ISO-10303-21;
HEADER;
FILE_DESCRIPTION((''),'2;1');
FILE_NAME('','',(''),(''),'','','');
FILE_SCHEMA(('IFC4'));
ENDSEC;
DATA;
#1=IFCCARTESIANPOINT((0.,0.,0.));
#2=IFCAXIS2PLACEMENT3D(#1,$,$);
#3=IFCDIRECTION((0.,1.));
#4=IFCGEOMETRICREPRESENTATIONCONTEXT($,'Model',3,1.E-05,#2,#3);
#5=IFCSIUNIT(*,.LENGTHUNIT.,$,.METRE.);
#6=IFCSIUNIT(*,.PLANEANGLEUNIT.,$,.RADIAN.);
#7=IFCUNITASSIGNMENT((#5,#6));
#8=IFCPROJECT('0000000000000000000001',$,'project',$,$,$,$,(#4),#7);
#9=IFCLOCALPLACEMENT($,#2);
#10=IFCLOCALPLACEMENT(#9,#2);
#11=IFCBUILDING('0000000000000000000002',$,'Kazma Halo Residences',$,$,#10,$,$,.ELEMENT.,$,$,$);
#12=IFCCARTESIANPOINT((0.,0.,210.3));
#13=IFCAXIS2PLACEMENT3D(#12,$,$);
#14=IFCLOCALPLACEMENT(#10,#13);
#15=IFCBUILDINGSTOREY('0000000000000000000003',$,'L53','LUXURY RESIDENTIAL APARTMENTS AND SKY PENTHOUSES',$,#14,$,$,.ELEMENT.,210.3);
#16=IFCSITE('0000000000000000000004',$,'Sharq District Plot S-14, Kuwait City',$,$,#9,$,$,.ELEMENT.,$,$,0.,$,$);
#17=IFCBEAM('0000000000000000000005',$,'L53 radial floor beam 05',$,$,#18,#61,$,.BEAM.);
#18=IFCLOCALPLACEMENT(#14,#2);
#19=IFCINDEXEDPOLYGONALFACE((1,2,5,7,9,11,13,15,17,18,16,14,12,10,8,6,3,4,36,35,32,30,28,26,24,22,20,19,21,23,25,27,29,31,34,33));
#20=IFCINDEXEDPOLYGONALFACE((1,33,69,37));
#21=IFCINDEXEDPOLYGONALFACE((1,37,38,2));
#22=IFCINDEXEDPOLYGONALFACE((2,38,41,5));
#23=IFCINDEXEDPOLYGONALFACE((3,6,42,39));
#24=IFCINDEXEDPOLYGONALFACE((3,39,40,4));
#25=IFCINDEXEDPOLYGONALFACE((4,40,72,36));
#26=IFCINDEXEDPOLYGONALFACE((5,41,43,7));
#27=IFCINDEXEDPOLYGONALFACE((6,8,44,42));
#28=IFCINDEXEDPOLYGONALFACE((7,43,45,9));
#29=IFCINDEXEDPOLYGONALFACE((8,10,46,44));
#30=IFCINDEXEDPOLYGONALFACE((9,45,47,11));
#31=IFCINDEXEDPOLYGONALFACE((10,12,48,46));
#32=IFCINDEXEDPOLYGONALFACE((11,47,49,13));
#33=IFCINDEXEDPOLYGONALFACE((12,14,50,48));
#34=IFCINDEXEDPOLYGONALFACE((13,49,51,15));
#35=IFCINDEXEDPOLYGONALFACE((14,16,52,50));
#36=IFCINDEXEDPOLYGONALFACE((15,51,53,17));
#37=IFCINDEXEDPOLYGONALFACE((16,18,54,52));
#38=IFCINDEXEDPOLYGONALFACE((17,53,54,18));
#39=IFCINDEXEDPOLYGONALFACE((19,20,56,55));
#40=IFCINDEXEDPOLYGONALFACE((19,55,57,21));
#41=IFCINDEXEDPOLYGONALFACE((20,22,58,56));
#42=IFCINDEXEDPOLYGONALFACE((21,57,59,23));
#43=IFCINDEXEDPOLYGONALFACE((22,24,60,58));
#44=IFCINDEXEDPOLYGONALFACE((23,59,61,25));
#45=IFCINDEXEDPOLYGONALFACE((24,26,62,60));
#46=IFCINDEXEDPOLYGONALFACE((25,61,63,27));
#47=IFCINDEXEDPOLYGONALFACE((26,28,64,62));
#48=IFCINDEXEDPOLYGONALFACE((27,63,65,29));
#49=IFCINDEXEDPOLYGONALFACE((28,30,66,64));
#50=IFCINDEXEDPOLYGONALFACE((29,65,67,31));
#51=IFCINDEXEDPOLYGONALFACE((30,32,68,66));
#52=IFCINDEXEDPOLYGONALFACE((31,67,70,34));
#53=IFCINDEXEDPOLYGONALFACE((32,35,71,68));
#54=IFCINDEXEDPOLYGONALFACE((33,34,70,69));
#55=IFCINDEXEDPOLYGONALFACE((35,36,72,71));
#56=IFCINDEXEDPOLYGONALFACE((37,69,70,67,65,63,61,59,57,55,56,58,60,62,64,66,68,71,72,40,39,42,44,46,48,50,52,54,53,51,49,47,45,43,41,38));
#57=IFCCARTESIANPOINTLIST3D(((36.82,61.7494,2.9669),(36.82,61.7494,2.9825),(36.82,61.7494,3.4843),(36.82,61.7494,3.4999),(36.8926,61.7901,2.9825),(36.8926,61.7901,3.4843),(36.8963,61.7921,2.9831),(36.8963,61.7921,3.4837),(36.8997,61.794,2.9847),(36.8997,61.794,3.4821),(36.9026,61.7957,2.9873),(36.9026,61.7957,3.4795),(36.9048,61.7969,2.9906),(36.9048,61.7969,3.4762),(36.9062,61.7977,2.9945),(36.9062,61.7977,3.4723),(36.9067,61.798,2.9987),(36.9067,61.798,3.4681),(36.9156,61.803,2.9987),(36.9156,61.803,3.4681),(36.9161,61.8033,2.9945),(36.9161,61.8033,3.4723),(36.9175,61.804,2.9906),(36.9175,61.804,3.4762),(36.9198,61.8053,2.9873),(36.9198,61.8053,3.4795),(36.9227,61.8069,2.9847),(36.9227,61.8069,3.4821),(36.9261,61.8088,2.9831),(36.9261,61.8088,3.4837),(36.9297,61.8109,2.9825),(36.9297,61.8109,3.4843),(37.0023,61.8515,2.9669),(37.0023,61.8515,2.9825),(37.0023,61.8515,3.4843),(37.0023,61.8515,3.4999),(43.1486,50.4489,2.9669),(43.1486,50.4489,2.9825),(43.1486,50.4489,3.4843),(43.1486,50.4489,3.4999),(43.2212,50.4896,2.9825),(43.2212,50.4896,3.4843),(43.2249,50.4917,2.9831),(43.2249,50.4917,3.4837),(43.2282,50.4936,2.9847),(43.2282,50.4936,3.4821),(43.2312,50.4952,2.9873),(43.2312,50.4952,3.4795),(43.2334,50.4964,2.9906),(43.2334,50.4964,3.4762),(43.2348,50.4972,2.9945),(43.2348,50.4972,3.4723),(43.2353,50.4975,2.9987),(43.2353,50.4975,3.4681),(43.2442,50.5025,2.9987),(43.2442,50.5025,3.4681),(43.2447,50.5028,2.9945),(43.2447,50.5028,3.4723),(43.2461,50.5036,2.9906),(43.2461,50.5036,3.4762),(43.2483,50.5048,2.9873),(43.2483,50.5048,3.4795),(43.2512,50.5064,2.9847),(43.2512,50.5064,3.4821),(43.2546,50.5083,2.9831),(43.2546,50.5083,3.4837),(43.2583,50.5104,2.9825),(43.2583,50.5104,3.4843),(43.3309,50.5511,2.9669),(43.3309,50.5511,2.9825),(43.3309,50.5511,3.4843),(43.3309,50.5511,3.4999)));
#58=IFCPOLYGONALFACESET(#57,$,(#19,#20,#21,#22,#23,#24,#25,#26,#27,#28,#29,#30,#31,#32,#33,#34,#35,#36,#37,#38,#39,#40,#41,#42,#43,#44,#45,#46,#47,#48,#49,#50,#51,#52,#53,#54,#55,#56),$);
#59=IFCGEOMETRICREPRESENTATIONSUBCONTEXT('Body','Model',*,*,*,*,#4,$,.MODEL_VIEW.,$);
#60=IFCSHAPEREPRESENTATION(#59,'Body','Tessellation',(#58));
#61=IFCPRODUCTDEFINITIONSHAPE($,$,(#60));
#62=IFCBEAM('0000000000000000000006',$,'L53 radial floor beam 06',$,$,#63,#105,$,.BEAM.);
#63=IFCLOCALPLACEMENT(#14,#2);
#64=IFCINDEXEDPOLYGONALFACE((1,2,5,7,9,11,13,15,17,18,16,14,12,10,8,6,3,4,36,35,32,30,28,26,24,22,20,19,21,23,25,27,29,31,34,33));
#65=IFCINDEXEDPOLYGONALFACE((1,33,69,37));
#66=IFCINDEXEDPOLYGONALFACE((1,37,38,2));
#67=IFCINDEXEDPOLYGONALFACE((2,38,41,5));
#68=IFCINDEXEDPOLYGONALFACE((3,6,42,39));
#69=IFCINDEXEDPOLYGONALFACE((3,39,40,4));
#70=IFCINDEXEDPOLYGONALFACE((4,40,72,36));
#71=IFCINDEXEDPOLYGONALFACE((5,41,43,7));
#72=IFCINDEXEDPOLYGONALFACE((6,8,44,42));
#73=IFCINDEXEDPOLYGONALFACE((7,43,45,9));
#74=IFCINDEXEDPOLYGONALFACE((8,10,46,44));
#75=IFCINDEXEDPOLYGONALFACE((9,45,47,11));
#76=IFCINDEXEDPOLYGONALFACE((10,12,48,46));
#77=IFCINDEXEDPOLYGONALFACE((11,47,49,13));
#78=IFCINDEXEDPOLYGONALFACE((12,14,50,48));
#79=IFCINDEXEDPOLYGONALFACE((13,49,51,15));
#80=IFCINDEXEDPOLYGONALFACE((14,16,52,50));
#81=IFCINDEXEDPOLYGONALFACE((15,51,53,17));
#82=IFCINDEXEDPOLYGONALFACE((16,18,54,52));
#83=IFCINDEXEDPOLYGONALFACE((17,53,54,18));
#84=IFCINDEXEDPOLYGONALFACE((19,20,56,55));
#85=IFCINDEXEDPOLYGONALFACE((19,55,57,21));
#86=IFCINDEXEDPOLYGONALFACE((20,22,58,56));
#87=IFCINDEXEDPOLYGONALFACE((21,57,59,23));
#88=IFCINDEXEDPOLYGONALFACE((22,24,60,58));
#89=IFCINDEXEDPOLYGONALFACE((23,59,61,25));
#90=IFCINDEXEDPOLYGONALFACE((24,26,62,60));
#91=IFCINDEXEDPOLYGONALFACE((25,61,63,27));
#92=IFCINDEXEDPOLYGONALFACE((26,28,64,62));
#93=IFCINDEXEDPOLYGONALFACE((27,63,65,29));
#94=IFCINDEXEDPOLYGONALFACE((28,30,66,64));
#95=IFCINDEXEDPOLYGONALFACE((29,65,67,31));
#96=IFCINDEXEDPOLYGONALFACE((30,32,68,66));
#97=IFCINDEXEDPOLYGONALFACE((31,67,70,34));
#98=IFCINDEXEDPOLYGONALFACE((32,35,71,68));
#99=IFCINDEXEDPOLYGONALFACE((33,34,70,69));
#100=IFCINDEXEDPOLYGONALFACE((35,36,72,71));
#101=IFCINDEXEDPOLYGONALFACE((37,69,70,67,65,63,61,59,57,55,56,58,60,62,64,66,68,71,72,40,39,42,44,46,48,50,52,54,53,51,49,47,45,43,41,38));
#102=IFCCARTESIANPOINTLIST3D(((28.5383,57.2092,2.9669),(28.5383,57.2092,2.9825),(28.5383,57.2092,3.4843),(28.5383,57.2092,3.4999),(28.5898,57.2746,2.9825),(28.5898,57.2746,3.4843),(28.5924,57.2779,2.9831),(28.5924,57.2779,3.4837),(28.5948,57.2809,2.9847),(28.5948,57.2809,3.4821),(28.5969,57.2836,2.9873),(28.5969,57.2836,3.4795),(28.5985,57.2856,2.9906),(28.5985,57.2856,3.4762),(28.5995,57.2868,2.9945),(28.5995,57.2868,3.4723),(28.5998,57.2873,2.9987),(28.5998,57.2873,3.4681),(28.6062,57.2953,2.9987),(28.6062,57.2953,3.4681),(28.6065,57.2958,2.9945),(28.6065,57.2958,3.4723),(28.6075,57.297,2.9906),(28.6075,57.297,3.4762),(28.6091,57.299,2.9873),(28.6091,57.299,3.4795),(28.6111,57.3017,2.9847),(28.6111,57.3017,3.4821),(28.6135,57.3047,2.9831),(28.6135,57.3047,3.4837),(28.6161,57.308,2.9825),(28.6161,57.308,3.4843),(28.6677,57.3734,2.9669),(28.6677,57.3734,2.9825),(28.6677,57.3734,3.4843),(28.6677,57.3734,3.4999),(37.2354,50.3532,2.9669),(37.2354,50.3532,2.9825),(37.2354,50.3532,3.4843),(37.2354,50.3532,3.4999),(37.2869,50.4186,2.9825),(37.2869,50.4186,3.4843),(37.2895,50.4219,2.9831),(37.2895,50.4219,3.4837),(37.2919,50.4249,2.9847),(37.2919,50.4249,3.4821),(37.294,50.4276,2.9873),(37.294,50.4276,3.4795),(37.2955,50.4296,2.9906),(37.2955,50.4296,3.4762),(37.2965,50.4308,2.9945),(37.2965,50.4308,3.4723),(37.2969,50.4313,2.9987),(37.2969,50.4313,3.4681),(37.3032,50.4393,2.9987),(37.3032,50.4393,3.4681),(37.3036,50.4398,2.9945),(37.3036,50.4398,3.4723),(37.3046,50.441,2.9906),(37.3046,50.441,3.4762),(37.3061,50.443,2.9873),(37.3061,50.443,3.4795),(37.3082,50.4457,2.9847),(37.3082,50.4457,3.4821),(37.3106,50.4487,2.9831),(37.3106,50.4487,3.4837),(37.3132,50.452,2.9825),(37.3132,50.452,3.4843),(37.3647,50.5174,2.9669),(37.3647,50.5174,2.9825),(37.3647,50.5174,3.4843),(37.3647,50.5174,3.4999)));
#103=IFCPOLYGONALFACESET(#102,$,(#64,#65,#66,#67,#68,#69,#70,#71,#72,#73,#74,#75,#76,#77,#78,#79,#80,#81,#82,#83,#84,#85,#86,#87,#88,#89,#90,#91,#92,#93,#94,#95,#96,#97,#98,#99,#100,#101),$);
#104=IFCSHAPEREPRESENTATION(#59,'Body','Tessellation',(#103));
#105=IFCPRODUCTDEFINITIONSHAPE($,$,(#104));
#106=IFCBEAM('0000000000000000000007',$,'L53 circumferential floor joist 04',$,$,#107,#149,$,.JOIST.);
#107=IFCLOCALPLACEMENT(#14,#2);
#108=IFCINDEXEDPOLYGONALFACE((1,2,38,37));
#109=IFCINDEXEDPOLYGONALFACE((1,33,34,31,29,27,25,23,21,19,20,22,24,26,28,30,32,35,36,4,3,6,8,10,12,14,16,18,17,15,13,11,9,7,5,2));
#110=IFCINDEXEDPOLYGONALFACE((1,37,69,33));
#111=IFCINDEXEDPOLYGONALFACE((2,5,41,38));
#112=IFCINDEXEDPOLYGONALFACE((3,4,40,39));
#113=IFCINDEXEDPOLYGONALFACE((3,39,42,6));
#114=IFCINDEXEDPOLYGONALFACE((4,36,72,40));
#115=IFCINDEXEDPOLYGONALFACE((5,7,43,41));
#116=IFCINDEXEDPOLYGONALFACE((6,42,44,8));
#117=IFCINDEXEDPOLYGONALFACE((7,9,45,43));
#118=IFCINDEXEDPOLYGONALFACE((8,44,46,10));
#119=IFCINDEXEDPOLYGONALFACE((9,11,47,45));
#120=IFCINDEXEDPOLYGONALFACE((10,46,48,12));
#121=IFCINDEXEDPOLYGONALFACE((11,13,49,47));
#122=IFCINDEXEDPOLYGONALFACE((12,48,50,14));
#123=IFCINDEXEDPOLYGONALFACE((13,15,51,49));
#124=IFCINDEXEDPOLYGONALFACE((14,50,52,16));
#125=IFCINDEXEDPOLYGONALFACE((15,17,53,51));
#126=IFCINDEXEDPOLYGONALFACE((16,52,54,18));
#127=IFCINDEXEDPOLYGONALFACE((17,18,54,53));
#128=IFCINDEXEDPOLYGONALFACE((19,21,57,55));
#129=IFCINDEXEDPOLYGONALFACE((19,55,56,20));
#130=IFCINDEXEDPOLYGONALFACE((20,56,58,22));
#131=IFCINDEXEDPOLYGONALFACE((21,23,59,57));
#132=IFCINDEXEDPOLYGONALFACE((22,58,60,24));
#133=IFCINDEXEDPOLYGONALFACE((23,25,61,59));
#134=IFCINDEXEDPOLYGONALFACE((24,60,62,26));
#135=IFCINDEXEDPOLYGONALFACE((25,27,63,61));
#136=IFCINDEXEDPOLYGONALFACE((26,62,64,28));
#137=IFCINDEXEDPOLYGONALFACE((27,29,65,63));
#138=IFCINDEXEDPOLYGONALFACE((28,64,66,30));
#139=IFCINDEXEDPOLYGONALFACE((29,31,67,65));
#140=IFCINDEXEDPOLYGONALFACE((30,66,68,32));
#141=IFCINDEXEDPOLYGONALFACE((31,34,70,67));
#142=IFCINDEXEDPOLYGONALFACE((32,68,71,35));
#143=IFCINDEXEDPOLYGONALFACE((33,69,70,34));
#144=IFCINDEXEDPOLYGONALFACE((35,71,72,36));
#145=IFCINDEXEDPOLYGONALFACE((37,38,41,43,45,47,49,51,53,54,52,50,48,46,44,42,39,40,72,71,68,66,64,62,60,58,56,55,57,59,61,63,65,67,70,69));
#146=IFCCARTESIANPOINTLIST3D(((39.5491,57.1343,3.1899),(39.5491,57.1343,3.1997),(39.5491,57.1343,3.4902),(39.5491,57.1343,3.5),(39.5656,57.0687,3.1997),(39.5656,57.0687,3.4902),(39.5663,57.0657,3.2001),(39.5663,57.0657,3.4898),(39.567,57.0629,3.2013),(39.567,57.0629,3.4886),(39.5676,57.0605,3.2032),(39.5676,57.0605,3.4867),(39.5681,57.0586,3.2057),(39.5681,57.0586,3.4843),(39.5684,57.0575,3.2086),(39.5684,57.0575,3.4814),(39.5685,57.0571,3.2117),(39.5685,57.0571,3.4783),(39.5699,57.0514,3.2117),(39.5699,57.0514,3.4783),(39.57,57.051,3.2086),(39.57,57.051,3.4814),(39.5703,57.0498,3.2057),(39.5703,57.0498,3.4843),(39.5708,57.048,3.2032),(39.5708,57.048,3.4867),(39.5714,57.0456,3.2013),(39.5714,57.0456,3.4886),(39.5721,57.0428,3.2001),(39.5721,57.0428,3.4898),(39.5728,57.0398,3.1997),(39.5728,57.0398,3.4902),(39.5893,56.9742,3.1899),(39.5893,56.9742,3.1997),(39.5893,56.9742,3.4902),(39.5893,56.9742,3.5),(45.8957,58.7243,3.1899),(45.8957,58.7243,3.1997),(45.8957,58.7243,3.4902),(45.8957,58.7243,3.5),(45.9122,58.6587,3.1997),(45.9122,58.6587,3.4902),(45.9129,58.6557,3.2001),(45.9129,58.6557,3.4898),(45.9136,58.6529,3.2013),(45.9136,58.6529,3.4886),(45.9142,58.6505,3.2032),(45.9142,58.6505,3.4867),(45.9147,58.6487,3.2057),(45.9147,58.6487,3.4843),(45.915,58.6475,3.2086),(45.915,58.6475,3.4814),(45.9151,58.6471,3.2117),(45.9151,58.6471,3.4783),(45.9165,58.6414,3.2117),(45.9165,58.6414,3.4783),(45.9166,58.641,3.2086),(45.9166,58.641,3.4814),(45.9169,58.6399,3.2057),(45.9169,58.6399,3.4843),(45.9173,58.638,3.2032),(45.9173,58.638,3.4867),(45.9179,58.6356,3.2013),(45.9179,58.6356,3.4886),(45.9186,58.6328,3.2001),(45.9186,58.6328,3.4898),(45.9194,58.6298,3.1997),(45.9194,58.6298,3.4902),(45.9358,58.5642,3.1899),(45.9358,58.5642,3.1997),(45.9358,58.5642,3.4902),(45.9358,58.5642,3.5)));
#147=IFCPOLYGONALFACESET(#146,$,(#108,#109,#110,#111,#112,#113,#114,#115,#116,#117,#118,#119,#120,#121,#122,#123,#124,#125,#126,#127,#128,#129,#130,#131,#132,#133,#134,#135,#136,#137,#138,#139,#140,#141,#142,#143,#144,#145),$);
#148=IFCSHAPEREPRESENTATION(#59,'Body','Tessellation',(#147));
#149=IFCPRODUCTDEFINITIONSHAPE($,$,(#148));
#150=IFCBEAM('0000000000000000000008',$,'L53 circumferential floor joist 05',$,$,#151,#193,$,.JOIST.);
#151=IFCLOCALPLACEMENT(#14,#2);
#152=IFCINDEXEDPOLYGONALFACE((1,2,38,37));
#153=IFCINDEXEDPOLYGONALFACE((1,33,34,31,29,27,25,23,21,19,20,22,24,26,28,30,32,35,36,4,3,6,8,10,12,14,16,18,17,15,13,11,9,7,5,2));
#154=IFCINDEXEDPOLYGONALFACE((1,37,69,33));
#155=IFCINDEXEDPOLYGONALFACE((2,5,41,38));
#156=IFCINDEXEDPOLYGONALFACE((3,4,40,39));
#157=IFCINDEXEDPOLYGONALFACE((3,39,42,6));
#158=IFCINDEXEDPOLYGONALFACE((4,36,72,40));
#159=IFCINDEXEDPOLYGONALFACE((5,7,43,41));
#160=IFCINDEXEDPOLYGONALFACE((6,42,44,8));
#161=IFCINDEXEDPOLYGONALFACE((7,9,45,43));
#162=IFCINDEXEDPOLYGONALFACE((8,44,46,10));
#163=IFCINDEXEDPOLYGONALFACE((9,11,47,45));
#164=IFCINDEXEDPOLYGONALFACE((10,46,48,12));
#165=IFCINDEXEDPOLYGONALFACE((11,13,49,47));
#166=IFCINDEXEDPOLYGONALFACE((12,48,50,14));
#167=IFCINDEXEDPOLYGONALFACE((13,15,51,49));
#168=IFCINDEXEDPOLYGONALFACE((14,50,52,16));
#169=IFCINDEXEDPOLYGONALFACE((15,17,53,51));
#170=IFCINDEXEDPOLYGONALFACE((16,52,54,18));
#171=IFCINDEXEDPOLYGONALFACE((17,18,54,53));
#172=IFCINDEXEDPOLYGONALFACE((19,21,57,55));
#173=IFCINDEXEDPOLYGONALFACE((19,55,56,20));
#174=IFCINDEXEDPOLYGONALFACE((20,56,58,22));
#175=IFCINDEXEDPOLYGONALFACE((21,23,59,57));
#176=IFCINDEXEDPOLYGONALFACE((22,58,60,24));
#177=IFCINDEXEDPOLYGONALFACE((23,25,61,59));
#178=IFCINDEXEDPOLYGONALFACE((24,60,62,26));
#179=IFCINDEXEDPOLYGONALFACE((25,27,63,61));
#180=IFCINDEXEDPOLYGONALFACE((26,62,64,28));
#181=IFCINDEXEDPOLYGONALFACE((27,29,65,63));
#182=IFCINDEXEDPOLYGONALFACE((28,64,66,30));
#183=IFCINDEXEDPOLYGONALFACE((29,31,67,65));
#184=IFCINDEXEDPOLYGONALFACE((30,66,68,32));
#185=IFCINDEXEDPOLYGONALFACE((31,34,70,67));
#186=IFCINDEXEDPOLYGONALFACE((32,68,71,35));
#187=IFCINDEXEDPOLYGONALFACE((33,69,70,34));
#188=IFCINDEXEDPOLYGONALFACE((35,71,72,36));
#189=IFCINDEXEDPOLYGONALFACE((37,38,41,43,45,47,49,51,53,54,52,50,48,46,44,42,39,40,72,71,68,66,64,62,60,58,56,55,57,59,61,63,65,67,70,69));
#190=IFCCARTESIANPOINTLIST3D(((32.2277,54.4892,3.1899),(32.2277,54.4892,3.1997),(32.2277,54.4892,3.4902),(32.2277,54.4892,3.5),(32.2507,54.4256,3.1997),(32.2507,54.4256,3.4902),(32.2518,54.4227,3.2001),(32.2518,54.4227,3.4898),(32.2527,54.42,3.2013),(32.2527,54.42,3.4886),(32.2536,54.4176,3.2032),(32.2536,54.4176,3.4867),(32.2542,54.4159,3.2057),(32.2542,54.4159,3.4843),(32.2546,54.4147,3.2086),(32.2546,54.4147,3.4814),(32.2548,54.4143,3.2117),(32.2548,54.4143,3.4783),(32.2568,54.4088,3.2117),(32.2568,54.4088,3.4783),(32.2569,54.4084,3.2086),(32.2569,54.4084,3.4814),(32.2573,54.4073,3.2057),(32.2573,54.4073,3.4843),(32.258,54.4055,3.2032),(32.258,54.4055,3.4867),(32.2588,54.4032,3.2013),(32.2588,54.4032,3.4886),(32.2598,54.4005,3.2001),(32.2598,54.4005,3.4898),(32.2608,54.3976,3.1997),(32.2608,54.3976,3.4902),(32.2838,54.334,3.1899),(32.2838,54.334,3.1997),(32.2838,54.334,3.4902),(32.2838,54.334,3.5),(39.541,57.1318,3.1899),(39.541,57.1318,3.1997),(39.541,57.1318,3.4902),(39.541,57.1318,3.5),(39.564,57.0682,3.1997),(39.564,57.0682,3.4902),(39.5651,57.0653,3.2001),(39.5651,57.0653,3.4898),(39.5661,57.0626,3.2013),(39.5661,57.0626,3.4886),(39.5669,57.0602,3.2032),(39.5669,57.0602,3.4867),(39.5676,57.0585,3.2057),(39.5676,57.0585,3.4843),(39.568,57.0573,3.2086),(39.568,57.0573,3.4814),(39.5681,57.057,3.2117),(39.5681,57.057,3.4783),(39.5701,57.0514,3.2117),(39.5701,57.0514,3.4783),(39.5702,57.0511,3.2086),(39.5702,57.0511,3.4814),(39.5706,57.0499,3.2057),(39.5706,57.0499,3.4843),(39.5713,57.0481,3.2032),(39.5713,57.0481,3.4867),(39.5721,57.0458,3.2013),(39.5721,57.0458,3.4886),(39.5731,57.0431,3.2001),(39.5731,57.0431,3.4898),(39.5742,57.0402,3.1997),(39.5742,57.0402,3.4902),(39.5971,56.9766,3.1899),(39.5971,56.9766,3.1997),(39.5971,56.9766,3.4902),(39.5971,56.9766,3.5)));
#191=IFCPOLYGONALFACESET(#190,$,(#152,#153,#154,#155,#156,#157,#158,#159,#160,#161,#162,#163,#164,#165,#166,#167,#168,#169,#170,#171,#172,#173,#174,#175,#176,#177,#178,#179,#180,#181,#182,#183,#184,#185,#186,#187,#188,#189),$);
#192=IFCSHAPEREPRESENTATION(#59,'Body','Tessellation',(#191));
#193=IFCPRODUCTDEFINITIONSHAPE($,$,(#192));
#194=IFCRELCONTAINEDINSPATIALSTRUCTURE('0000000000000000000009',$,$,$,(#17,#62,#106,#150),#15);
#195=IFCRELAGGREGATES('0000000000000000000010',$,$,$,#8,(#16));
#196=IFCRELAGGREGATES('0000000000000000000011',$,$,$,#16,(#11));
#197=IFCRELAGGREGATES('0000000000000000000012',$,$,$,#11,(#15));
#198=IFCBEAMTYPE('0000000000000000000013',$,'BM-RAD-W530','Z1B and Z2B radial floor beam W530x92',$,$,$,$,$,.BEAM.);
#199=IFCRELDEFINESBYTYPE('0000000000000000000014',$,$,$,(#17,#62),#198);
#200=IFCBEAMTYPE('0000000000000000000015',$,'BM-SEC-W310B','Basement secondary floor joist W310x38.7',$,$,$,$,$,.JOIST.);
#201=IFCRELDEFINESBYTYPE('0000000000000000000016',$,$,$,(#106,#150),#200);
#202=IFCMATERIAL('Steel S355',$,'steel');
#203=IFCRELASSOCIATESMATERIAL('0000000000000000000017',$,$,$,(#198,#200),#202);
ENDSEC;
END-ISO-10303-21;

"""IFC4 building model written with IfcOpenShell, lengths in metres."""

from ifc_helpers import new_model, si_unit, direction, frame, origin, origin_2d, place, context, subcontext, project, spatial, i_section, extrude, material, material_profile, profile_set, type_object, element, save


model = new_model("IFC4")

# Units and contexts
model_context = context("Model", 3, precision=1e-05, world=origin(), true_north=direction((0.0, 1.0)))
body_context = subcontext(model_context, "Body", "Model", "MODEL_VIEW")
ifc_project = project(units=[si_unit("LENGTHUNIT", "METRE"), si_unit("PLANEANGLEUNIT", "RADIAN")], contexts=[model_context])

# Site, building, storey
site_placement = place(None, origin())
site = spatial("IfcSite", under=ifc_project, at=site_placement, Name="Sharq District Plot S-14, Kuwait City", CompositionType="ELEMENT", RefElevation=0.0)
building_placement = place(site_placement, origin())
building = spatial("IfcBuilding", under=site, at=building_placement, Name="Kazma Halo Residences", CompositionType="ELEMENT")
storey_placement = place(building_placement, frame((0.0, 0.0, 210.3)))
storey = spatial("IfcBuildingStorey", under=building, at=storey_placement, Name="L53", Description="LUXURY RESIDENTIAL APARTMENTS AND SKY PENTHOUSES", CompositionType="ELEMENT", Elevation=210.3)

# Beams
ifc_material_1 = material(Name="Steel S355", Category="steel")
ifc_material_profile_1 = material_profile(ifc_material_1, i_section(OverallWidth=0.209, OverallDepth=0.533, WebThickness=0.0103, FlangeThickness=0.0156, FilletRadius=0.0161, at=origin_2d()), Name="W530x92")
ifc_profile_set_1 = profile_set([ifc_material_profile_1], Name="Steel S355")
beam_type_1 = type_object("IfcBeamType", Name="BM-RAD-W530", Description="Z1B and Z2B radial floor beam W530x92", PredefinedType="BEAM", material=ifc_profile_set_1)
beam_1_placement = place(storey_placement, frame((43.2397, 50.5, 3.2334), z_axis=(-0.488622, 0.872496, 0.0), x_axis=(-0.872496, -0.488622, 0.0)))
element("IfcBeam", 1, at=beam_1_placement, inside=storey, type_object=beam_type_1, Name="L53 radial floor beam 05", PredefinedType="BEAM", context=body_context, shape_type="SweptSolid", body=[
    extrude(i_section(OverallWidth=0.209, OverallDepth=0.533, WebThickness=0.0103, FlangeThickness=0.0156, FilletRadius=0.0161, at=origin_2d()), origin(), (0.0, 0.0, 1.0), 12.9519),
])
beam_2_placement = place(storey_placement, frame((37.3, 50.4353, 3.2334), z_axis=(-0.785327, 0.619082, 0.0), x_axis=(-0.619082, -0.785327, 0.0)))
element("IfcBeam", 2, at=beam_2_placement, inside=storey, type_object=beam_type_1, Name="L53 radial floor beam 06", PredefinedType="BEAM", context=body_context, shape_type="SweptSolid", body=[
    extrude(i_section(OverallWidth=0.209, OverallDepth=0.533, WebThickness=0.0103, FlangeThickness=0.0156, FilletRadius=0.0161, at=origin_2d()), origin(), (0.0, 0.0, 1.0), 11.0745),
])
ifc_material_profile_2 = material_profile(ifc_material_1, i_section(OverallWidth=0.165, OverallDepth=0.3101, WebThickness=0.0059, FlangeThickness=0.0098, FilletRadius=0.012, at=origin_2d()), Name="W310x38.7")
ifc_profile_set_2 = profile_set([ifc_material_profile_2], Name="Steel S355")
beam_type_2 = type_object("IfcBeamType", Name="BM-SEC-W310B", Description="Basement secondary floor joist W310x38.7", PredefinedType="JOIST", material=ifc_profile_set_2)
beam_3_placement = place(storey_placement, frame((45.9158, 58.6443, 3.345), z_axis=(-0.970019, -0.243027, 0.0), x_axis=(0.243027, -0.970019, 0.0)))
element("IfcBeam", 3, at=beam_3_placement, inside=storey, type_object=beam_type_2, Name="L53 circumferential floor joist 04", PredefinedType="JOIST", context=body_context, shape_type="SweptSolid", body=[
    extrude(i_section(OverallWidth=0.165, OverallDepth=0.3101, WebThickness=0.0059, FlangeThickness=0.0098, FilletRadius=0.012, at=origin_2d()), origin(), (0.0, 0.0, 1.0), 6.5427),
])
beam_4_placement = place(storey_placement, frame((39.5691, 57.0542, 3.345), z_axis=(-0.940485, -0.339837, 0.0), x_axis=(0.339837, -0.940485, 0.0)))
element("IfcBeam", 4, at=beam_4_placement, inside=storey, type_object=beam_type_2, Name="L53 circumferential floor joist 05", PredefinedType="JOIST", context=body_context, shape_type="SweptSolid", body=[
    extrude(i_section(OverallWidth=0.165, OverallDepth=0.3101, WebThickness=0.0059, FlangeThickness=0.0098, FilletRadius=0.012, at=origin_2d()), origin(), (0.0, 0.0, 1.0), 7.7761),
])

save(model, "model.ifc")
